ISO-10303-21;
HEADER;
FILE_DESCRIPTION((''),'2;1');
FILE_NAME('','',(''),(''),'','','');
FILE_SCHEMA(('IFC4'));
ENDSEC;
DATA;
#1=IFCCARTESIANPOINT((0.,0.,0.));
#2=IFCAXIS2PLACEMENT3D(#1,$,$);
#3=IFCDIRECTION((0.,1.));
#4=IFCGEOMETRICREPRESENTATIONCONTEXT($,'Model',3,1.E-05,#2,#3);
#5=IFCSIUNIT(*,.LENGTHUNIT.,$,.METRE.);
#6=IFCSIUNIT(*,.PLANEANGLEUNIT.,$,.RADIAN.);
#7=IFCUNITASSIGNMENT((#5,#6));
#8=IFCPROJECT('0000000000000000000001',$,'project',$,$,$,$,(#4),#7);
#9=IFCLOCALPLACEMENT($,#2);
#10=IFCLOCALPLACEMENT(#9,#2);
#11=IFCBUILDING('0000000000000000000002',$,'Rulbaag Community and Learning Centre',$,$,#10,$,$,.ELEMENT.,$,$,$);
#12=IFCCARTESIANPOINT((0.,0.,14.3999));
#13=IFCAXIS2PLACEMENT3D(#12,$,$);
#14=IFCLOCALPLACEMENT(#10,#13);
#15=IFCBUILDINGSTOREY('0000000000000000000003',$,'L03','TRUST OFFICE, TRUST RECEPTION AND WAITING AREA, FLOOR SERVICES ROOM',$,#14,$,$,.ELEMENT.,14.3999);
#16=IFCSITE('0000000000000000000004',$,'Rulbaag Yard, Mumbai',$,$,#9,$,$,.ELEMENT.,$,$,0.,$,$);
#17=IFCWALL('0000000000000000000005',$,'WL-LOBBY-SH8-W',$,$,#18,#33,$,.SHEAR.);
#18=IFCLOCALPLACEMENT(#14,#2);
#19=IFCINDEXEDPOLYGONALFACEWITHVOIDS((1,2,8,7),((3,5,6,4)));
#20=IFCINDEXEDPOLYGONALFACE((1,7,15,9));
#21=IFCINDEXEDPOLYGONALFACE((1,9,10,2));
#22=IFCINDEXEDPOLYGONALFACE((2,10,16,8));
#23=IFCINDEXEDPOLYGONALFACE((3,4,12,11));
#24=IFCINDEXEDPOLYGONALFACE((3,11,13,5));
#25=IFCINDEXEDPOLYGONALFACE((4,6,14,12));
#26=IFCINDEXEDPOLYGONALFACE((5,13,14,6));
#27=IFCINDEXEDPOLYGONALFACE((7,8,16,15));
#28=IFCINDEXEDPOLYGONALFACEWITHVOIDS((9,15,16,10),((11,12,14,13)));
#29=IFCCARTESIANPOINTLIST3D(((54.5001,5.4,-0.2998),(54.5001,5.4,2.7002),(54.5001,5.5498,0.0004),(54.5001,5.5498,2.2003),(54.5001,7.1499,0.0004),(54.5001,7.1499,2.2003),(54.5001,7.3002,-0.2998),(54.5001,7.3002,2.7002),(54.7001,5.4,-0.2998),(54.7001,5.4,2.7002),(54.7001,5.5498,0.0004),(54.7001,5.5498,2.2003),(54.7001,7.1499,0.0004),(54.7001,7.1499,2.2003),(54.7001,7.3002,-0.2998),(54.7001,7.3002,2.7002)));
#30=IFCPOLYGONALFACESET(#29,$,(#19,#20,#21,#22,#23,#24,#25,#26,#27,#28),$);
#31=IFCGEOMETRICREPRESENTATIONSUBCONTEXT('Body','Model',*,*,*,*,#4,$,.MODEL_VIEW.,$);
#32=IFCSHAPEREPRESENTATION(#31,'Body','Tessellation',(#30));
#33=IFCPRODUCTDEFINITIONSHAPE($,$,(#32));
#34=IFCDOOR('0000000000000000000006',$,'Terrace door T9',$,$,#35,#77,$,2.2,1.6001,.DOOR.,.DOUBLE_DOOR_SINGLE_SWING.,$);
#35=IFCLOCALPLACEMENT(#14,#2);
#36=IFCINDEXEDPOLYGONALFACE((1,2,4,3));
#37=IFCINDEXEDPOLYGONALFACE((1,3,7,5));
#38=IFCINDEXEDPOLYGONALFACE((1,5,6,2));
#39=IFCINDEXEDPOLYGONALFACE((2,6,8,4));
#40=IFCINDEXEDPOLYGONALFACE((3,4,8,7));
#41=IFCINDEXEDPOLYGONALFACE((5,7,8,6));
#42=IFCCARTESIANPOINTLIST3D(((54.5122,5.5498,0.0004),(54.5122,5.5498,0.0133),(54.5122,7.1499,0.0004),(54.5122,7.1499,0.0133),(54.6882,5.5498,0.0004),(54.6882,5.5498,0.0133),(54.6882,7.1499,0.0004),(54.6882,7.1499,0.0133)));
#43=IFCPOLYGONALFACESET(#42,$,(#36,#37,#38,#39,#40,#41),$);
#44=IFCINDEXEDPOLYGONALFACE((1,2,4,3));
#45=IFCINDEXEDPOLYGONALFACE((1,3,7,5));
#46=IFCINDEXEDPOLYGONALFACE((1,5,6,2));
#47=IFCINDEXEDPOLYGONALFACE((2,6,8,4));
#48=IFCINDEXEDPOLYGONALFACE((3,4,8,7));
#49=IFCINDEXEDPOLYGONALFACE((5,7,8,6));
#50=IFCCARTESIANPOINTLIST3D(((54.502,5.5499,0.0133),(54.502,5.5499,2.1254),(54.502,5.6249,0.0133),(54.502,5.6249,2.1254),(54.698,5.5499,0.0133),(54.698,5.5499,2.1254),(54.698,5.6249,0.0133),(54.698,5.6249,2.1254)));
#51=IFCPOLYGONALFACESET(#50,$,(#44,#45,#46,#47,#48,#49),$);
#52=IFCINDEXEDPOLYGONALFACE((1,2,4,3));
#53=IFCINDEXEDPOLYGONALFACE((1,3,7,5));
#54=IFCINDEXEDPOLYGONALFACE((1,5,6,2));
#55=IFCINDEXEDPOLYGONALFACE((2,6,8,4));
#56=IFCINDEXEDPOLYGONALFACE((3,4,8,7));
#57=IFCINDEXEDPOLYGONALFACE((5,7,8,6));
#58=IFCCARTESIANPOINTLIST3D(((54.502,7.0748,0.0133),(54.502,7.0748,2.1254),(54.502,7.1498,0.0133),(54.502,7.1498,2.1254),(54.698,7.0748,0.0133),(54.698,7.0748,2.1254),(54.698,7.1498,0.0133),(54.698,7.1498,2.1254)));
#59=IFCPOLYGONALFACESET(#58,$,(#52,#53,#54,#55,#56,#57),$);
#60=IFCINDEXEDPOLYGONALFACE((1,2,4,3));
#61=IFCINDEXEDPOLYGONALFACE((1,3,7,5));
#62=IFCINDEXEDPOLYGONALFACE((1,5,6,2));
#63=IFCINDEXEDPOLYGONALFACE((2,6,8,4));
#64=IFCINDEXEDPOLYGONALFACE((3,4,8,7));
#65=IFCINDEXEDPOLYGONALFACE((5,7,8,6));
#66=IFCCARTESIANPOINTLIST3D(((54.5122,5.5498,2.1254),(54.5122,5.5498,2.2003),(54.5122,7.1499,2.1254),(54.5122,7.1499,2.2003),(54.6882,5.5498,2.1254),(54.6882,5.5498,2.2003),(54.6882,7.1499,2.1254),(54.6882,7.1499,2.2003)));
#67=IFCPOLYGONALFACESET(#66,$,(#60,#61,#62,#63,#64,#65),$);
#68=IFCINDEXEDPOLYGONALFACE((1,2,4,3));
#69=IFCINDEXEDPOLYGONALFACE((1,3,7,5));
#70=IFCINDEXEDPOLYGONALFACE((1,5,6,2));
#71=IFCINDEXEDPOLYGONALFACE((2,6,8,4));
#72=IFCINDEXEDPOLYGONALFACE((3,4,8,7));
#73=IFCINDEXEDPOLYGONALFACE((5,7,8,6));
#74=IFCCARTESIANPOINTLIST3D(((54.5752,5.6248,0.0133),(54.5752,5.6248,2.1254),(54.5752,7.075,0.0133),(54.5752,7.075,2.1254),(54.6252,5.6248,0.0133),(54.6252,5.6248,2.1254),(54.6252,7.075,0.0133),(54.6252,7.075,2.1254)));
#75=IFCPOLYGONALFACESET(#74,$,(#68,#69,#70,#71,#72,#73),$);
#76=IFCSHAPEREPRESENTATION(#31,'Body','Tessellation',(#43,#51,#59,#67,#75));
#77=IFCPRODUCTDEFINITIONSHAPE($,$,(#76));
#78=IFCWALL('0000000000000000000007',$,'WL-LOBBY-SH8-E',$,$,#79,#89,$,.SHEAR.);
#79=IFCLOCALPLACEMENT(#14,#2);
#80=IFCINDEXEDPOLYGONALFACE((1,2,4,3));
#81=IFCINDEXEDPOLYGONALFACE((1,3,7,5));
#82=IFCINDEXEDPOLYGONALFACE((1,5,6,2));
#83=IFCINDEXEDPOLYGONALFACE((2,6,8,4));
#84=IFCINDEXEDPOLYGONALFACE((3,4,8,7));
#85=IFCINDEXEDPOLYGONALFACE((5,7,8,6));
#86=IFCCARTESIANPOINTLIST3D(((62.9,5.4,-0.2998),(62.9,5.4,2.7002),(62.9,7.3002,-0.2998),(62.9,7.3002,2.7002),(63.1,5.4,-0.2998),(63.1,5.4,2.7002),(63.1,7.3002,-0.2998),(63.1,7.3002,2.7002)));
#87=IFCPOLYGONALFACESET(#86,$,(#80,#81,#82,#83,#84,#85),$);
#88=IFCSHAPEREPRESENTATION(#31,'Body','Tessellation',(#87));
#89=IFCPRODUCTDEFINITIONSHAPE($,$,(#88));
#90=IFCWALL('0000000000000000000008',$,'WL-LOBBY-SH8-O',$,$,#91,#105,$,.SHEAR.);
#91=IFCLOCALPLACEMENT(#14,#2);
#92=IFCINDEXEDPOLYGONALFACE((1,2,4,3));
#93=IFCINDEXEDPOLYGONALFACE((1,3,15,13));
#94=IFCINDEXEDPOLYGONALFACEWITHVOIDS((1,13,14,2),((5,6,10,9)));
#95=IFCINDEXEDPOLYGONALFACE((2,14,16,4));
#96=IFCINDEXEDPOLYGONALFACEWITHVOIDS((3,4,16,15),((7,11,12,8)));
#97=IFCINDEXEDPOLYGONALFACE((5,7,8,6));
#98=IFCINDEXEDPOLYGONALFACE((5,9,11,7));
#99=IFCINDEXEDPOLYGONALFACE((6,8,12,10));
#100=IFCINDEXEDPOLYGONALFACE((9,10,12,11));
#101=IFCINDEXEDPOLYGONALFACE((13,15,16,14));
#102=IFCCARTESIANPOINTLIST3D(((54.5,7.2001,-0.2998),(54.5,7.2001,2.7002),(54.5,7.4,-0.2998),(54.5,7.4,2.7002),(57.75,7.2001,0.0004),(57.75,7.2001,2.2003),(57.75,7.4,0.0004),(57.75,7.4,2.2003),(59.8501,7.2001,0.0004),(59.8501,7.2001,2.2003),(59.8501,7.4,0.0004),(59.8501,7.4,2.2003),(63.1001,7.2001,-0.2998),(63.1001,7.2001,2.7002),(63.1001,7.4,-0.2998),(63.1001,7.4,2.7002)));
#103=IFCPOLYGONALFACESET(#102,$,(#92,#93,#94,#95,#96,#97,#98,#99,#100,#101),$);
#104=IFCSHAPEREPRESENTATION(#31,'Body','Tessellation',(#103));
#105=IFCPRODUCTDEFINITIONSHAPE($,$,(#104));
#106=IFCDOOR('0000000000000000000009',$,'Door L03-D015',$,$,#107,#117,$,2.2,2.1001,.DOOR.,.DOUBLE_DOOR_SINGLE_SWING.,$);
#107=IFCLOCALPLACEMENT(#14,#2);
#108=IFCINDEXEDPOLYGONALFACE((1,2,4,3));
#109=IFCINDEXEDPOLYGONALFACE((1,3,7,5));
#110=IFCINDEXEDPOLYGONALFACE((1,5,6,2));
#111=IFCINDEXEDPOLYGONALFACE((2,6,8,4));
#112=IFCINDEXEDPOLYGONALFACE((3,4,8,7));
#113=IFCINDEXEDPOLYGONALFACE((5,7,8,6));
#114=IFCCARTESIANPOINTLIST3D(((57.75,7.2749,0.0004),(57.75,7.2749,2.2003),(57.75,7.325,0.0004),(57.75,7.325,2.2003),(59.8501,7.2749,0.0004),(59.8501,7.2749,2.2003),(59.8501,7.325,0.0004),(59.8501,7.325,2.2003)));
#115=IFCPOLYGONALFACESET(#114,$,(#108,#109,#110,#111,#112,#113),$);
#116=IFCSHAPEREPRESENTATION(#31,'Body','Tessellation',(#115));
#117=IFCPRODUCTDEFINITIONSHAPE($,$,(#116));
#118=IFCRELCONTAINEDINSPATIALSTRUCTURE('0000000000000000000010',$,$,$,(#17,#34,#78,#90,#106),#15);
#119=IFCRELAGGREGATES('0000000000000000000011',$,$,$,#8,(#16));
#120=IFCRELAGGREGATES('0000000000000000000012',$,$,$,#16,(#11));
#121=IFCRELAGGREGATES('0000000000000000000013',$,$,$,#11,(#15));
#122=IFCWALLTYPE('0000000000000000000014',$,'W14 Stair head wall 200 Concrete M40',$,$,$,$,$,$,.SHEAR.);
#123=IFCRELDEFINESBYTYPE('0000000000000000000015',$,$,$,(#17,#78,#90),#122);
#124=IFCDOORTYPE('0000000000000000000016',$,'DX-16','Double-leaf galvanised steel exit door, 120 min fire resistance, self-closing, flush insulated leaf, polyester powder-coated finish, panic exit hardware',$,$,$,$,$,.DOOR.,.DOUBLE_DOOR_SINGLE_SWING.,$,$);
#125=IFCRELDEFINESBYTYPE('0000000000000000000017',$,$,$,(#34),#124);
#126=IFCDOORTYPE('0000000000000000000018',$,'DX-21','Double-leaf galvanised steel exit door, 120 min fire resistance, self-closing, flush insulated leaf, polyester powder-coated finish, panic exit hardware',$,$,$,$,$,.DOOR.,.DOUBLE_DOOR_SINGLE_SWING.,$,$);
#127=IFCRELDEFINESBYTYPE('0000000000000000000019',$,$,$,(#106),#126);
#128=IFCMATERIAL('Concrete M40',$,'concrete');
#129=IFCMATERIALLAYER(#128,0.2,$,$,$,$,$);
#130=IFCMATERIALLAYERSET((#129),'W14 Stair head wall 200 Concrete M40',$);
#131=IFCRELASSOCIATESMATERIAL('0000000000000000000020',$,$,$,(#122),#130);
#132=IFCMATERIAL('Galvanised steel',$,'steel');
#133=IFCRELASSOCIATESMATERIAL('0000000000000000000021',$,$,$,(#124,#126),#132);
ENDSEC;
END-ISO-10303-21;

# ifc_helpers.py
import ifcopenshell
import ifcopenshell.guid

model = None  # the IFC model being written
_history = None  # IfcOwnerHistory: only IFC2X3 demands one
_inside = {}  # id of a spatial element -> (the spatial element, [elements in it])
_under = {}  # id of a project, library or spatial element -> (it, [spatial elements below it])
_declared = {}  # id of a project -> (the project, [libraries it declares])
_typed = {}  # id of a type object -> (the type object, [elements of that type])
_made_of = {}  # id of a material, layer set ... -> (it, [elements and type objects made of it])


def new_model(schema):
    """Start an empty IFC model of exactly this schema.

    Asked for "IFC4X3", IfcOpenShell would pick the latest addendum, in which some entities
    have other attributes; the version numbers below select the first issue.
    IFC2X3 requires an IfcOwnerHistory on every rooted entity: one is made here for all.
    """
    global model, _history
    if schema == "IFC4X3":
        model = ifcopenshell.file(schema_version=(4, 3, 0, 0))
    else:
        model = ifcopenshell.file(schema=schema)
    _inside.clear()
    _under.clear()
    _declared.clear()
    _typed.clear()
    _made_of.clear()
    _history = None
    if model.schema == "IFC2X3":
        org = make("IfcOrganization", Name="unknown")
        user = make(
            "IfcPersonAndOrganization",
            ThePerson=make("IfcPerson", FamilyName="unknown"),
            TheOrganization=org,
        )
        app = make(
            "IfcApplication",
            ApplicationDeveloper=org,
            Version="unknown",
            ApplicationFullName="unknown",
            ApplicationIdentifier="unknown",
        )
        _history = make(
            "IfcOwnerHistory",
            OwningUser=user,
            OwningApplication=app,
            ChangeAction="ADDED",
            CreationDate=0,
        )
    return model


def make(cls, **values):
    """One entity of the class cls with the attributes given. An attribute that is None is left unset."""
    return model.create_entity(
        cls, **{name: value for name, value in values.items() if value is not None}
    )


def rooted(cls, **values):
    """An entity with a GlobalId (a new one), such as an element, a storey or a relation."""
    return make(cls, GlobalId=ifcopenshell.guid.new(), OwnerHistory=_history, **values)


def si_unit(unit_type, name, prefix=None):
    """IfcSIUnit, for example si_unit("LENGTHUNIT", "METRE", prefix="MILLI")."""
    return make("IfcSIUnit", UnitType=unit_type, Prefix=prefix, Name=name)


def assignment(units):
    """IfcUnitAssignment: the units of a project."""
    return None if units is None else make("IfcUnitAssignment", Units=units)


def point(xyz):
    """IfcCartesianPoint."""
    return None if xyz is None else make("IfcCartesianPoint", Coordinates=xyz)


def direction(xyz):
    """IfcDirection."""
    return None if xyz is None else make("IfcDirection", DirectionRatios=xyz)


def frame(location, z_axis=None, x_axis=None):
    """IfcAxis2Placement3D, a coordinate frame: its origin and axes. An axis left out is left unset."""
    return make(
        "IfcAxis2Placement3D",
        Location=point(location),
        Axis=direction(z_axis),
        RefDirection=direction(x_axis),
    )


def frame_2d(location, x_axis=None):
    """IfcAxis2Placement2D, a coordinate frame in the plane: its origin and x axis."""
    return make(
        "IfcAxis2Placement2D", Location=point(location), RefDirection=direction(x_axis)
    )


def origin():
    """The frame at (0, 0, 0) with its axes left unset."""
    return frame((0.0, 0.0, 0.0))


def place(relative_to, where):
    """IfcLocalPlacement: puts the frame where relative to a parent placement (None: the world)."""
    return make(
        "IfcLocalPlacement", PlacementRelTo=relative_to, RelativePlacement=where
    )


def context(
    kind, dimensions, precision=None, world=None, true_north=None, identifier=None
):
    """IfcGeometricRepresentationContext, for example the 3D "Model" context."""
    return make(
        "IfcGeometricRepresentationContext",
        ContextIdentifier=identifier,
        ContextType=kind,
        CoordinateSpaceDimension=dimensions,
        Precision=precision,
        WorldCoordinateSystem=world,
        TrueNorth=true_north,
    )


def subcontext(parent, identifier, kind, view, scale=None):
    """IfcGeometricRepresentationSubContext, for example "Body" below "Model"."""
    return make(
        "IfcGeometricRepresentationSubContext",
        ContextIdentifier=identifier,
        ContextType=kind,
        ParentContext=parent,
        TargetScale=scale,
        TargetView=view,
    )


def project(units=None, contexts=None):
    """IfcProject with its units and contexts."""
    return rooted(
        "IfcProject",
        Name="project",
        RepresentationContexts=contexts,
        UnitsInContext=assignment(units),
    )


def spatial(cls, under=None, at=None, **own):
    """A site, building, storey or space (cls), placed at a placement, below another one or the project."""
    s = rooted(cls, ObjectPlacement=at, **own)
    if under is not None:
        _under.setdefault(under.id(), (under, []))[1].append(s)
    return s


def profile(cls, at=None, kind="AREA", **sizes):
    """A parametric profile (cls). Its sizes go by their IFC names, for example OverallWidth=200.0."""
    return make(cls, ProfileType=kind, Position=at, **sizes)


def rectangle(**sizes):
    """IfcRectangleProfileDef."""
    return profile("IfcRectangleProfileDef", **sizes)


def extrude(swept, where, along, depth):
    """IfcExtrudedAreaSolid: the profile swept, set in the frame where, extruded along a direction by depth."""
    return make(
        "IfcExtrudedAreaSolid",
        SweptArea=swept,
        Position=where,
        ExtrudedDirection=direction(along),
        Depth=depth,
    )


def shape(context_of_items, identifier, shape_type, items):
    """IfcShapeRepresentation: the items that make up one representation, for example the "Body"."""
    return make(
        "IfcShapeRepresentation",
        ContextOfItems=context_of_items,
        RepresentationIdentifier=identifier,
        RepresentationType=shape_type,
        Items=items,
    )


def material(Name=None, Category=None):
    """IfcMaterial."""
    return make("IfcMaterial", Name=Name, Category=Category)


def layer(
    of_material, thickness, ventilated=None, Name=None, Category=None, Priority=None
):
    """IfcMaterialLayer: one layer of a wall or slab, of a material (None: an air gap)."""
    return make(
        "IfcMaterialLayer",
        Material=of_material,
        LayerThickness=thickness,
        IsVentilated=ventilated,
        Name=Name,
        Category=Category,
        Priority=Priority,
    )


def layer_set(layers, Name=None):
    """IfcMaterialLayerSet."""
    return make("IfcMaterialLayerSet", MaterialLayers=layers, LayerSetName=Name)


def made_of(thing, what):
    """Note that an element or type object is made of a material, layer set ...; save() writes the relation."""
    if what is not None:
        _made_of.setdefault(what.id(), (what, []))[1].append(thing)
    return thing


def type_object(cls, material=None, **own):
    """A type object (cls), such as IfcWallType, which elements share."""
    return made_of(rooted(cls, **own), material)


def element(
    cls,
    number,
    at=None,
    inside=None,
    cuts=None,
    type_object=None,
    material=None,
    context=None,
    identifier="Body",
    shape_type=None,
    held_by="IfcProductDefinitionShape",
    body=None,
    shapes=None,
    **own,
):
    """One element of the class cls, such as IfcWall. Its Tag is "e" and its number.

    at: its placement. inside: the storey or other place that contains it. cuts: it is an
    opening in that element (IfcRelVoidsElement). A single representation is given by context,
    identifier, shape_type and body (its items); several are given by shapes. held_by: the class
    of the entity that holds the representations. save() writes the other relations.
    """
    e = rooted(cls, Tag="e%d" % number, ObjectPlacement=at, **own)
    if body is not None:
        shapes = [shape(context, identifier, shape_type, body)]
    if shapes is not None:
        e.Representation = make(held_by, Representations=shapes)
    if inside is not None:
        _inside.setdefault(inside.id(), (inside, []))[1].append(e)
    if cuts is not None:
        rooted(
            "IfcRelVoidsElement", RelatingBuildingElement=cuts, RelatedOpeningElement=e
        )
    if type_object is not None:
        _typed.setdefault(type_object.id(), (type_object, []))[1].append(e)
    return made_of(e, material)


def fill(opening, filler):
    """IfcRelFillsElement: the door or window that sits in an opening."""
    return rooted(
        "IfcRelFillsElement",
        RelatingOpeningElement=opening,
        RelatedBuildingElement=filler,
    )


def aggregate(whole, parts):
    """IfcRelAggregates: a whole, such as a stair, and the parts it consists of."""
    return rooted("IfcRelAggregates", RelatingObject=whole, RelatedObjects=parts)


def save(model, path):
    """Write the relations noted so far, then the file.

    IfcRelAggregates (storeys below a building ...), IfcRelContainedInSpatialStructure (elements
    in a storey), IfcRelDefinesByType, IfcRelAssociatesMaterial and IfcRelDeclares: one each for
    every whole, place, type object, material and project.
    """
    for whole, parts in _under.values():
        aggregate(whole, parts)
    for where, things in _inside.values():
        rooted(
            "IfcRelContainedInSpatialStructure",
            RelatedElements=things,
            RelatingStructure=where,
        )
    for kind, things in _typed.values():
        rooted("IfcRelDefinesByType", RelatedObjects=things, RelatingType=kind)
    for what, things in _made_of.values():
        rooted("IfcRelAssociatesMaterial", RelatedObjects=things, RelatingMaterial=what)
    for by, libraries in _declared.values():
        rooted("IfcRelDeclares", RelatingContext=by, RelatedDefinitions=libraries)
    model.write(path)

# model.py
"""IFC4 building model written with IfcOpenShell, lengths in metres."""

from ifc_helpers import new_model, si_unit, direction, frame, frame_2d, origin, place, context, subcontext, project, spatial, rectangle, extrude, material, layer, layer_set, type_object, element, fill, save


model = new_model("IFC4")

# Units and contexts
model_context = context("Model", 3, precision=1e-05, world=origin(), true_north=direction((0.0, 1.0)))
body_context = subcontext(model_context, "Body", "Model", "MODEL_VIEW")
ifc_project = project(units=[si_unit("LENGTHUNIT", "METRE"), si_unit("PLANEANGLEUNIT", "RADIAN")], contexts=[model_context])

# Site, building, storey
site_placement = place(None, origin())
site = spatial("IfcSite", under=ifc_project, at=site_placement, Name="Rulbaag Yard, Mumbai", CompositionType="ELEMENT", RefElevation=0.0)
building_placement = place(site_placement, origin())
building = spatial("IfcBuilding", under=site, at=building_placement, Name="Rulbaag Community and Learning Centre", CompositionType="ELEMENT")
storey_placement = place(building_placement, frame((0.0, 0.0, 14.3999)))
storey = spatial("IfcBuildingStorey", under=building, at=storey_placement, Name="L03", Description="TRUST OFFICE, TRUST RECEPTION AND WAITING AREA, FLOOR SERVICES ROOM", CompositionType="ELEMENT", Elevation=14.3999)

# Shared definitions
ifc_material_1 = material(Name="Concrete M40", Category="concrete")

# Shared definitions
ifc_layer_1 = layer(ifc_material_1, 0.2)
ifc_layer_set_1 = layer_set([ifc_layer_1], Name="W14 Stair head wall 200 Concrete M40")
wall_type_1 = type_object("IfcWallType", Name="W14 Stair head wall 200 Concrete M40", PredefinedType="SHEAR", material=ifc_layer_set_1)
ifc_material_2 = material(Name="Galvanised steel", Category="steel")

# Wall, opening, door
wall_1_placement = place(storey_placement, frame((54.6001, 5.3999, -0.2998), z_axis=(0.0, 0.0, 1.0), x_axis=(0.0, 1.0, 0.0)))
wall_1 = element("IfcWall", 1, at=wall_1_placement, inside=storey, type_object=wall_type_1, Name="WL-LOBBY-SH8-W", PredefinedType="SHEAR", context=body_context, shape_type="SweptSolid", body=[
    extrude(rectangle(XDim=1.9001, YDim=0.2, at=frame_2d((0.9502, 0.0))), origin(), (0.0, 0.0, 1.0), 3.0),
])
opening_1_placement = place(wall_1_placement, frame((0.1499, 0.0, 0.3)))
opening_1 = element("IfcOpeningElement", 2, at=opening_1_placement, cuts=wall_1, PredefinedType="OPENING", context=body_context, shape_type="SweptSolid", body=[
    extrude(rectangle(XDim=1.6001, YDim=2.2, at=frame_2d((0.8, 1.1001))), frame((0.0, 0.1099, 0.0), z_axis=(0.0, -1.0, 0.0), x_axis=(1.0, 0.0, 0.0)), (0.0, 0.0, 1.0), 0.22),
])
door_type_1 = type_object("IfcDoorType", Name="DX-16", Description="Double-leaf galvanised steel exit door, 120 min fire resistance, self-closing, flush insulated leaf, polyester powder-coated finish, panic exit hardware", OperationType="DOUBLE_DOOR_SINGLE_SWING", PredefinedType="DOOR", material=ifc_material_2)
door_1_placement = place(opening_1_placement, origin())
door_1 = element("IfcDoor", 3, at=door_1_placement, inside=storey, type_object=door_type_1, Name="Terrace door T9", OperationType="DOUBLE_DOOR_SINGLE_SWING", OverallHeight=2.2, OverallWidth=1.6001, PredefinedType="DOOR", context=body_context, shape_type="SweptSolid", body=[
    extrude(rectangle(XDim=1.6001, YDim=0.0129, at=frame_2d((0.8, 0.0066))), frame((0.0, 0.0879, 0.0), z_axis=(0.0, -1.0, 0.0), x_axis=(1.0, 0.0, 0.0)), (0.0, 0.0, 1.0), 0.176),
    extrude(rectangle(XDim=0.075, YDim=2.1121, at=frame_2d((0.0376, 1.0691))), frame((0.0, 0.0981, 0.0), z_axis=(0.0, -1.0, 0.0), x_axis=(1.0, 0.0, 0.0)), (0.0, 0.0, 1.0), 0.196),
    extrude(rectangle(XDim=0.075, YDim=2.1121, at=frame_2d((1.5625, 1.0691))), frame((0.0, 0.0981, 0.0), z_axis=(0.0, -1.0, 0.0), x_axis=(1.0, 0.0, 0.0)), (0.0, 0.0, 1.0), 0.196),
    extrude(rectangle(XDim=1.6001, YDim=0.075, at=frame_2d((0.8, 2.1626))), frame((0.0, 0.0879, 0.0), z_axis=(0.0, -1.0, 0.0), x_axis=(1.0, 0.0, 0.0)), (0.0, 0.0, 1.0), 0.176),
    extrude(rectangle(XDim=1.4502, YDim=2.1121, at=frame_2d((0.8, 1.0691))), frame((0.0, 0.0249, 0.0), z_axis=(0.0, -1.0, 0.0), x_axis=(1.0, 0.0, 0.0)), (0.0, 0.0, 1.0), 0.05),
])
fill(opening_1, door_1)

# Wall
wall_2_placement = place(storey_placement, frame((63.0, 5.3999, -0.2998), z_axis=(0.0, 0.0, 1.0), x_axis=(0.0, 1.0, 0.0)))
element("IfcWall", 4, at=wall_2_placement, inside=storey, type_object=wall_type_1, Name="WL-LOBBY-SH8-E", PredefinedType="SHEAR", context=body_context, shape_type="SweptSolid", body=[
    extrude(rectangle(XDim=1.9001, YDim=0.2, at=frame_2d((0.9502, 0.0))), origin(), (0.0, 0.0, 1.0), 3.0),
])

# Wall, opening, door
wall_3_placement = place(storey_placement, frame((54.5, 7.3, -0.2998), z_axis=(0.0, 0.0, 1.0), x_axis=(1.0, 0.0, 0.0)))
wall_3 = element("IfcWall", 5, at=wall_3_placement, inside=storey, type_object=wall_type_1, Name="WL-LOBBY-SH8-O", PredefinedType="SHEAR", context=body_context, shape_type="SweptSolid", body=[
    extrude(rectangle(XDim=8.6001, YDim=0.2, at=frame_2d((4.3, 0.0))), origin(), (0.0, 0.0, 1.0), 3.0),
])
opening_2_placement = place(wall_3_placement, frame((3.25, 0.0, 0.3)))
opening_2 = element("IfcOpeningElement", 6, at=opening_2_placement, cuts=wall_3, PredefinedType="OPENING", context=body_context, shape_type="SweptSolid", body=[
    extrude(rectangle(XDim=2.1001, YDim=2.2, at=frame_2d((1.05, 1.1001))), frame((0.0, 0.1099, 0.0), z_axis=(0.0, -1.0, 0.0), x_axis=(1.0, 0.0, 0.0)), (0.0, 0.0, 1.0), 0.22),
])
door_type_2 = type_object("IfcDoorType", Name="DX-21", Description="Double-leaf galvanised steel exit door, 120 min fire resistance, self-closing, flush insulated leaf, polyester powder-coated finish, panic exit hardware", OperationType="DOUBLE_DOOR_SINGLE_SWING", PredefinedType="DOOR", material=ifc_material_2)
door_2_placement = place(opening_2_placement, origin())
door_2 = element("IfcDoor", 7, at=door_2_placement, inside=storey, type_object=door_type_2, Name="Door L03-D015", OperationType="DOUBLE_DOOR_SINGLE_SWING", OverallHeight=2.2, OverallWidth=2.1001, PredefinedType="DOOR", context=body_context, shape_type="SweptSolid", body=[
    extrude(rectangle(XDim=2.1001, YDim=2.2, at=frame_2d((1.05, 1.1001))), frame((0.0, 0.0249, 0.0), z_axis=(0.0, -1.0, 0.0), x_axis=(1.0, 0.0, 0.0)), (0.0, 0.0, 1.0), 0.05),
])
fill(opening_2, door_2)

save(model, "model.ifc")
